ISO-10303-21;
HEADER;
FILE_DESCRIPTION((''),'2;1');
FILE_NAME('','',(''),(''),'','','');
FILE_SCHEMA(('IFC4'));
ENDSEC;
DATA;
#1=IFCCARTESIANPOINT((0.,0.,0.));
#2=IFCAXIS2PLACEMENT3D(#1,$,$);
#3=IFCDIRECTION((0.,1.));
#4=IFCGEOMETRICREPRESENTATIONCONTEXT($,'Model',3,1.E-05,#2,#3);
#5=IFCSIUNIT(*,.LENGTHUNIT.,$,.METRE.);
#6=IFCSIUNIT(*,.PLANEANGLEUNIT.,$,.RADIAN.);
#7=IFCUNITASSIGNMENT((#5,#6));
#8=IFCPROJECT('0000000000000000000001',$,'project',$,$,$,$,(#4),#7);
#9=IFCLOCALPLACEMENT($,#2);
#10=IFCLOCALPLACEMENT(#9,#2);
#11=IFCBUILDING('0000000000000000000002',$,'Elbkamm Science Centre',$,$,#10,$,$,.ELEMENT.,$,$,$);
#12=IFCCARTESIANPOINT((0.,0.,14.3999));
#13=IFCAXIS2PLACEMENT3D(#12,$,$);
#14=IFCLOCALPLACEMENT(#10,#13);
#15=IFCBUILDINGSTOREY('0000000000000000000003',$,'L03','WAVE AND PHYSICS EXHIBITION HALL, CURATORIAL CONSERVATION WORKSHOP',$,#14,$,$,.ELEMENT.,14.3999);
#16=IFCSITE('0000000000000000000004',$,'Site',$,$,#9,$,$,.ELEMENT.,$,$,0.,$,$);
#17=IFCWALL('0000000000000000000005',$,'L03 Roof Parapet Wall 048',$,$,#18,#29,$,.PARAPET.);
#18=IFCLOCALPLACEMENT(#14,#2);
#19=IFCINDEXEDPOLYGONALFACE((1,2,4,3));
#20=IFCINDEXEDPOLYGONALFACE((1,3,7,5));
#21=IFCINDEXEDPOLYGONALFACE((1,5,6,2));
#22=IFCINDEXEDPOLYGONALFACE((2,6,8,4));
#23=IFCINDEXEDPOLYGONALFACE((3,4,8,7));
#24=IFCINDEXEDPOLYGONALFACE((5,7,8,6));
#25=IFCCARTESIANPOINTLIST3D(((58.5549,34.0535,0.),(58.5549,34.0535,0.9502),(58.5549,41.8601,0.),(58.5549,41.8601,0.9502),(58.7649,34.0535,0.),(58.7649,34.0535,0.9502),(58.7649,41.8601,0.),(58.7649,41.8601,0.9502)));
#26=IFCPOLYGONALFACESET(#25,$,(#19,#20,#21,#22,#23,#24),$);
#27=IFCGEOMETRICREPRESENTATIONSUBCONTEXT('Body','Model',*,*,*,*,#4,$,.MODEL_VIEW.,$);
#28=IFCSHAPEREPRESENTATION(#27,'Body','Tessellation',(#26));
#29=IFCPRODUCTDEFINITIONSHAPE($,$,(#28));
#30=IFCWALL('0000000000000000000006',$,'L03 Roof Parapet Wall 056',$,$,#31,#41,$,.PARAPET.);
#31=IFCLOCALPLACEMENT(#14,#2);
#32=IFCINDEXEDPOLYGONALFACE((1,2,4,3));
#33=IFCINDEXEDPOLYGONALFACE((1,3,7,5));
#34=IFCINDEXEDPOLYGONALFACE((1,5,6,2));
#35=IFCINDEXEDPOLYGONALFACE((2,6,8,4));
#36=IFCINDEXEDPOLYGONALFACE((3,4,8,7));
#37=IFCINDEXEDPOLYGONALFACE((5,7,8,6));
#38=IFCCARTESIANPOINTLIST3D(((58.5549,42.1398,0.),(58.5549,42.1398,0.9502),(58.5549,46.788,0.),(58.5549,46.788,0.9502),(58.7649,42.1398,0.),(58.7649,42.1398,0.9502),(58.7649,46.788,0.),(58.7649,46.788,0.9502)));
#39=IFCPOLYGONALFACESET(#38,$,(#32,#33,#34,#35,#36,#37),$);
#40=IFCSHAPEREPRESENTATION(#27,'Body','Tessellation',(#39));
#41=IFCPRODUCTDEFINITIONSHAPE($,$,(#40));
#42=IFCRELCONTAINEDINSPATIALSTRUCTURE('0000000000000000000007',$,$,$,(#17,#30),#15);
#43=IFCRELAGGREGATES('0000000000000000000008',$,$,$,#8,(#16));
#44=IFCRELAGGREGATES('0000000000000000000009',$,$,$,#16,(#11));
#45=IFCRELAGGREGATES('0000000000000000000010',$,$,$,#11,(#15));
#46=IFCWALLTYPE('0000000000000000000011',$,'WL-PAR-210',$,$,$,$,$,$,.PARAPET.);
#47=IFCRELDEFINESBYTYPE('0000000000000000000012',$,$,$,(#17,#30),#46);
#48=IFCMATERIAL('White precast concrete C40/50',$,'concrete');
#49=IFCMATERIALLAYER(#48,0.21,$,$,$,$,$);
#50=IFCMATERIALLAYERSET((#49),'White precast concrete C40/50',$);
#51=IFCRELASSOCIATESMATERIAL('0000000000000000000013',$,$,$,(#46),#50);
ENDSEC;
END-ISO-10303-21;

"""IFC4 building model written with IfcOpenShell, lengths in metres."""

from ifc_helpers import new_model, si_unit, direction, frame, frame_2d, origin, place, context, subcontext, project, spatial, rectangle, extrude, material, layer, layer_set, type_object, element, save


model = new_model("IFC4")

# Units and contexts
model_context = context("Model", 3, precision=1e-05, world=origin(), true_north=direction((0.0, 1.0)))
body_context = subcontext(model_context, "Body", "Model", "MODEL_VIEW")
ifc_project = project(units=[si_unit("LENGTHUNIT", "METRE"), si_unit("PLANEANGLEUNIT", "RADIAN")], contexts=[model_context])

# Site, building, storey
site_placement = place(None, origin())
site = spatial("IfcSite", under=ifc_project, at=site_placement, Name="Site", CompositionType="ELEMENT", RefElevation=0.0)
building_placement = place(site_placement, origin())
building = spatial("IfcBuilding", under=site, at=building_placement, Name="Elbkamm Science Centre", CompositionType="ELEMENT")
storey_placement = place(building_placement, frame((0.0, 0.0, 14.3999)))
storey = spatial("IfcBuildingStorey", under=building, at=storey_placement, Name="L03", Description="WAVE AND PHYSICS EXHIBITION HALL, CURATORIAL CONSERVATION WORKSHOP", CompositionType="ELEMENT", Elevation=14.3999)

# Walls
ifc_material_1 = material(Name="White precast concrete C40/50", Category="concrete")
ifc_layer_1 = layer(ifc_material_1, 0.21)
ifc_layer_set_1 = layer_set([ifc_layer_1], Name="White precast concrete C40/50")
wall_type_1 = type_object("IfcWallType", Name="WL-PAR-210", PredefinedType="PARAPET", material=ifc_layer_set_1)
wall_1_placement = place(storey_placement, frame((58.6599, 41.8601, 0.0), z_axis=(0.0, 0.0, 1.0), x_axis=(0.0, -1.0, 0.0)))
element("IfcWall", 1, at=wall_1_placement, inside=storey, type_object=wall_type_1, Name="L03 Roof Parapet Wall 048", PredefinedType="PARAPET", context=body_context, shape_type="SweptSolid", body=[
    extrude(rectangle(XDim=7.8066, YDim=0.21, at=frame_2d((3.9033, 0.0))), origin(), (0.0, 0.0, 1.0), 0.9502),
])
wall_2_placement = place(storey_placement, frame((58.6599, 46.7881, 0.0), z_axis=(0.0, 0.0, 1.0), x_axis=(0.0, -1.0, 0.0)))
element("IfcWall", 2, at=wall_2_placement, inside=storey, type_object=wall_type_1, Name="L03 Roof Parapet Wall 056", PredefinedType="PARAPET", context=body_context, shape_type="SweptSolid", body=[
    extrude(rectangle(XDim=4.6482, YDim=0.21, at=frame_2d((2.3242, 0.0))), origin(), (0.0, 0.0, 1.0), 0.9502),
])

save(model, "model.ifc")
